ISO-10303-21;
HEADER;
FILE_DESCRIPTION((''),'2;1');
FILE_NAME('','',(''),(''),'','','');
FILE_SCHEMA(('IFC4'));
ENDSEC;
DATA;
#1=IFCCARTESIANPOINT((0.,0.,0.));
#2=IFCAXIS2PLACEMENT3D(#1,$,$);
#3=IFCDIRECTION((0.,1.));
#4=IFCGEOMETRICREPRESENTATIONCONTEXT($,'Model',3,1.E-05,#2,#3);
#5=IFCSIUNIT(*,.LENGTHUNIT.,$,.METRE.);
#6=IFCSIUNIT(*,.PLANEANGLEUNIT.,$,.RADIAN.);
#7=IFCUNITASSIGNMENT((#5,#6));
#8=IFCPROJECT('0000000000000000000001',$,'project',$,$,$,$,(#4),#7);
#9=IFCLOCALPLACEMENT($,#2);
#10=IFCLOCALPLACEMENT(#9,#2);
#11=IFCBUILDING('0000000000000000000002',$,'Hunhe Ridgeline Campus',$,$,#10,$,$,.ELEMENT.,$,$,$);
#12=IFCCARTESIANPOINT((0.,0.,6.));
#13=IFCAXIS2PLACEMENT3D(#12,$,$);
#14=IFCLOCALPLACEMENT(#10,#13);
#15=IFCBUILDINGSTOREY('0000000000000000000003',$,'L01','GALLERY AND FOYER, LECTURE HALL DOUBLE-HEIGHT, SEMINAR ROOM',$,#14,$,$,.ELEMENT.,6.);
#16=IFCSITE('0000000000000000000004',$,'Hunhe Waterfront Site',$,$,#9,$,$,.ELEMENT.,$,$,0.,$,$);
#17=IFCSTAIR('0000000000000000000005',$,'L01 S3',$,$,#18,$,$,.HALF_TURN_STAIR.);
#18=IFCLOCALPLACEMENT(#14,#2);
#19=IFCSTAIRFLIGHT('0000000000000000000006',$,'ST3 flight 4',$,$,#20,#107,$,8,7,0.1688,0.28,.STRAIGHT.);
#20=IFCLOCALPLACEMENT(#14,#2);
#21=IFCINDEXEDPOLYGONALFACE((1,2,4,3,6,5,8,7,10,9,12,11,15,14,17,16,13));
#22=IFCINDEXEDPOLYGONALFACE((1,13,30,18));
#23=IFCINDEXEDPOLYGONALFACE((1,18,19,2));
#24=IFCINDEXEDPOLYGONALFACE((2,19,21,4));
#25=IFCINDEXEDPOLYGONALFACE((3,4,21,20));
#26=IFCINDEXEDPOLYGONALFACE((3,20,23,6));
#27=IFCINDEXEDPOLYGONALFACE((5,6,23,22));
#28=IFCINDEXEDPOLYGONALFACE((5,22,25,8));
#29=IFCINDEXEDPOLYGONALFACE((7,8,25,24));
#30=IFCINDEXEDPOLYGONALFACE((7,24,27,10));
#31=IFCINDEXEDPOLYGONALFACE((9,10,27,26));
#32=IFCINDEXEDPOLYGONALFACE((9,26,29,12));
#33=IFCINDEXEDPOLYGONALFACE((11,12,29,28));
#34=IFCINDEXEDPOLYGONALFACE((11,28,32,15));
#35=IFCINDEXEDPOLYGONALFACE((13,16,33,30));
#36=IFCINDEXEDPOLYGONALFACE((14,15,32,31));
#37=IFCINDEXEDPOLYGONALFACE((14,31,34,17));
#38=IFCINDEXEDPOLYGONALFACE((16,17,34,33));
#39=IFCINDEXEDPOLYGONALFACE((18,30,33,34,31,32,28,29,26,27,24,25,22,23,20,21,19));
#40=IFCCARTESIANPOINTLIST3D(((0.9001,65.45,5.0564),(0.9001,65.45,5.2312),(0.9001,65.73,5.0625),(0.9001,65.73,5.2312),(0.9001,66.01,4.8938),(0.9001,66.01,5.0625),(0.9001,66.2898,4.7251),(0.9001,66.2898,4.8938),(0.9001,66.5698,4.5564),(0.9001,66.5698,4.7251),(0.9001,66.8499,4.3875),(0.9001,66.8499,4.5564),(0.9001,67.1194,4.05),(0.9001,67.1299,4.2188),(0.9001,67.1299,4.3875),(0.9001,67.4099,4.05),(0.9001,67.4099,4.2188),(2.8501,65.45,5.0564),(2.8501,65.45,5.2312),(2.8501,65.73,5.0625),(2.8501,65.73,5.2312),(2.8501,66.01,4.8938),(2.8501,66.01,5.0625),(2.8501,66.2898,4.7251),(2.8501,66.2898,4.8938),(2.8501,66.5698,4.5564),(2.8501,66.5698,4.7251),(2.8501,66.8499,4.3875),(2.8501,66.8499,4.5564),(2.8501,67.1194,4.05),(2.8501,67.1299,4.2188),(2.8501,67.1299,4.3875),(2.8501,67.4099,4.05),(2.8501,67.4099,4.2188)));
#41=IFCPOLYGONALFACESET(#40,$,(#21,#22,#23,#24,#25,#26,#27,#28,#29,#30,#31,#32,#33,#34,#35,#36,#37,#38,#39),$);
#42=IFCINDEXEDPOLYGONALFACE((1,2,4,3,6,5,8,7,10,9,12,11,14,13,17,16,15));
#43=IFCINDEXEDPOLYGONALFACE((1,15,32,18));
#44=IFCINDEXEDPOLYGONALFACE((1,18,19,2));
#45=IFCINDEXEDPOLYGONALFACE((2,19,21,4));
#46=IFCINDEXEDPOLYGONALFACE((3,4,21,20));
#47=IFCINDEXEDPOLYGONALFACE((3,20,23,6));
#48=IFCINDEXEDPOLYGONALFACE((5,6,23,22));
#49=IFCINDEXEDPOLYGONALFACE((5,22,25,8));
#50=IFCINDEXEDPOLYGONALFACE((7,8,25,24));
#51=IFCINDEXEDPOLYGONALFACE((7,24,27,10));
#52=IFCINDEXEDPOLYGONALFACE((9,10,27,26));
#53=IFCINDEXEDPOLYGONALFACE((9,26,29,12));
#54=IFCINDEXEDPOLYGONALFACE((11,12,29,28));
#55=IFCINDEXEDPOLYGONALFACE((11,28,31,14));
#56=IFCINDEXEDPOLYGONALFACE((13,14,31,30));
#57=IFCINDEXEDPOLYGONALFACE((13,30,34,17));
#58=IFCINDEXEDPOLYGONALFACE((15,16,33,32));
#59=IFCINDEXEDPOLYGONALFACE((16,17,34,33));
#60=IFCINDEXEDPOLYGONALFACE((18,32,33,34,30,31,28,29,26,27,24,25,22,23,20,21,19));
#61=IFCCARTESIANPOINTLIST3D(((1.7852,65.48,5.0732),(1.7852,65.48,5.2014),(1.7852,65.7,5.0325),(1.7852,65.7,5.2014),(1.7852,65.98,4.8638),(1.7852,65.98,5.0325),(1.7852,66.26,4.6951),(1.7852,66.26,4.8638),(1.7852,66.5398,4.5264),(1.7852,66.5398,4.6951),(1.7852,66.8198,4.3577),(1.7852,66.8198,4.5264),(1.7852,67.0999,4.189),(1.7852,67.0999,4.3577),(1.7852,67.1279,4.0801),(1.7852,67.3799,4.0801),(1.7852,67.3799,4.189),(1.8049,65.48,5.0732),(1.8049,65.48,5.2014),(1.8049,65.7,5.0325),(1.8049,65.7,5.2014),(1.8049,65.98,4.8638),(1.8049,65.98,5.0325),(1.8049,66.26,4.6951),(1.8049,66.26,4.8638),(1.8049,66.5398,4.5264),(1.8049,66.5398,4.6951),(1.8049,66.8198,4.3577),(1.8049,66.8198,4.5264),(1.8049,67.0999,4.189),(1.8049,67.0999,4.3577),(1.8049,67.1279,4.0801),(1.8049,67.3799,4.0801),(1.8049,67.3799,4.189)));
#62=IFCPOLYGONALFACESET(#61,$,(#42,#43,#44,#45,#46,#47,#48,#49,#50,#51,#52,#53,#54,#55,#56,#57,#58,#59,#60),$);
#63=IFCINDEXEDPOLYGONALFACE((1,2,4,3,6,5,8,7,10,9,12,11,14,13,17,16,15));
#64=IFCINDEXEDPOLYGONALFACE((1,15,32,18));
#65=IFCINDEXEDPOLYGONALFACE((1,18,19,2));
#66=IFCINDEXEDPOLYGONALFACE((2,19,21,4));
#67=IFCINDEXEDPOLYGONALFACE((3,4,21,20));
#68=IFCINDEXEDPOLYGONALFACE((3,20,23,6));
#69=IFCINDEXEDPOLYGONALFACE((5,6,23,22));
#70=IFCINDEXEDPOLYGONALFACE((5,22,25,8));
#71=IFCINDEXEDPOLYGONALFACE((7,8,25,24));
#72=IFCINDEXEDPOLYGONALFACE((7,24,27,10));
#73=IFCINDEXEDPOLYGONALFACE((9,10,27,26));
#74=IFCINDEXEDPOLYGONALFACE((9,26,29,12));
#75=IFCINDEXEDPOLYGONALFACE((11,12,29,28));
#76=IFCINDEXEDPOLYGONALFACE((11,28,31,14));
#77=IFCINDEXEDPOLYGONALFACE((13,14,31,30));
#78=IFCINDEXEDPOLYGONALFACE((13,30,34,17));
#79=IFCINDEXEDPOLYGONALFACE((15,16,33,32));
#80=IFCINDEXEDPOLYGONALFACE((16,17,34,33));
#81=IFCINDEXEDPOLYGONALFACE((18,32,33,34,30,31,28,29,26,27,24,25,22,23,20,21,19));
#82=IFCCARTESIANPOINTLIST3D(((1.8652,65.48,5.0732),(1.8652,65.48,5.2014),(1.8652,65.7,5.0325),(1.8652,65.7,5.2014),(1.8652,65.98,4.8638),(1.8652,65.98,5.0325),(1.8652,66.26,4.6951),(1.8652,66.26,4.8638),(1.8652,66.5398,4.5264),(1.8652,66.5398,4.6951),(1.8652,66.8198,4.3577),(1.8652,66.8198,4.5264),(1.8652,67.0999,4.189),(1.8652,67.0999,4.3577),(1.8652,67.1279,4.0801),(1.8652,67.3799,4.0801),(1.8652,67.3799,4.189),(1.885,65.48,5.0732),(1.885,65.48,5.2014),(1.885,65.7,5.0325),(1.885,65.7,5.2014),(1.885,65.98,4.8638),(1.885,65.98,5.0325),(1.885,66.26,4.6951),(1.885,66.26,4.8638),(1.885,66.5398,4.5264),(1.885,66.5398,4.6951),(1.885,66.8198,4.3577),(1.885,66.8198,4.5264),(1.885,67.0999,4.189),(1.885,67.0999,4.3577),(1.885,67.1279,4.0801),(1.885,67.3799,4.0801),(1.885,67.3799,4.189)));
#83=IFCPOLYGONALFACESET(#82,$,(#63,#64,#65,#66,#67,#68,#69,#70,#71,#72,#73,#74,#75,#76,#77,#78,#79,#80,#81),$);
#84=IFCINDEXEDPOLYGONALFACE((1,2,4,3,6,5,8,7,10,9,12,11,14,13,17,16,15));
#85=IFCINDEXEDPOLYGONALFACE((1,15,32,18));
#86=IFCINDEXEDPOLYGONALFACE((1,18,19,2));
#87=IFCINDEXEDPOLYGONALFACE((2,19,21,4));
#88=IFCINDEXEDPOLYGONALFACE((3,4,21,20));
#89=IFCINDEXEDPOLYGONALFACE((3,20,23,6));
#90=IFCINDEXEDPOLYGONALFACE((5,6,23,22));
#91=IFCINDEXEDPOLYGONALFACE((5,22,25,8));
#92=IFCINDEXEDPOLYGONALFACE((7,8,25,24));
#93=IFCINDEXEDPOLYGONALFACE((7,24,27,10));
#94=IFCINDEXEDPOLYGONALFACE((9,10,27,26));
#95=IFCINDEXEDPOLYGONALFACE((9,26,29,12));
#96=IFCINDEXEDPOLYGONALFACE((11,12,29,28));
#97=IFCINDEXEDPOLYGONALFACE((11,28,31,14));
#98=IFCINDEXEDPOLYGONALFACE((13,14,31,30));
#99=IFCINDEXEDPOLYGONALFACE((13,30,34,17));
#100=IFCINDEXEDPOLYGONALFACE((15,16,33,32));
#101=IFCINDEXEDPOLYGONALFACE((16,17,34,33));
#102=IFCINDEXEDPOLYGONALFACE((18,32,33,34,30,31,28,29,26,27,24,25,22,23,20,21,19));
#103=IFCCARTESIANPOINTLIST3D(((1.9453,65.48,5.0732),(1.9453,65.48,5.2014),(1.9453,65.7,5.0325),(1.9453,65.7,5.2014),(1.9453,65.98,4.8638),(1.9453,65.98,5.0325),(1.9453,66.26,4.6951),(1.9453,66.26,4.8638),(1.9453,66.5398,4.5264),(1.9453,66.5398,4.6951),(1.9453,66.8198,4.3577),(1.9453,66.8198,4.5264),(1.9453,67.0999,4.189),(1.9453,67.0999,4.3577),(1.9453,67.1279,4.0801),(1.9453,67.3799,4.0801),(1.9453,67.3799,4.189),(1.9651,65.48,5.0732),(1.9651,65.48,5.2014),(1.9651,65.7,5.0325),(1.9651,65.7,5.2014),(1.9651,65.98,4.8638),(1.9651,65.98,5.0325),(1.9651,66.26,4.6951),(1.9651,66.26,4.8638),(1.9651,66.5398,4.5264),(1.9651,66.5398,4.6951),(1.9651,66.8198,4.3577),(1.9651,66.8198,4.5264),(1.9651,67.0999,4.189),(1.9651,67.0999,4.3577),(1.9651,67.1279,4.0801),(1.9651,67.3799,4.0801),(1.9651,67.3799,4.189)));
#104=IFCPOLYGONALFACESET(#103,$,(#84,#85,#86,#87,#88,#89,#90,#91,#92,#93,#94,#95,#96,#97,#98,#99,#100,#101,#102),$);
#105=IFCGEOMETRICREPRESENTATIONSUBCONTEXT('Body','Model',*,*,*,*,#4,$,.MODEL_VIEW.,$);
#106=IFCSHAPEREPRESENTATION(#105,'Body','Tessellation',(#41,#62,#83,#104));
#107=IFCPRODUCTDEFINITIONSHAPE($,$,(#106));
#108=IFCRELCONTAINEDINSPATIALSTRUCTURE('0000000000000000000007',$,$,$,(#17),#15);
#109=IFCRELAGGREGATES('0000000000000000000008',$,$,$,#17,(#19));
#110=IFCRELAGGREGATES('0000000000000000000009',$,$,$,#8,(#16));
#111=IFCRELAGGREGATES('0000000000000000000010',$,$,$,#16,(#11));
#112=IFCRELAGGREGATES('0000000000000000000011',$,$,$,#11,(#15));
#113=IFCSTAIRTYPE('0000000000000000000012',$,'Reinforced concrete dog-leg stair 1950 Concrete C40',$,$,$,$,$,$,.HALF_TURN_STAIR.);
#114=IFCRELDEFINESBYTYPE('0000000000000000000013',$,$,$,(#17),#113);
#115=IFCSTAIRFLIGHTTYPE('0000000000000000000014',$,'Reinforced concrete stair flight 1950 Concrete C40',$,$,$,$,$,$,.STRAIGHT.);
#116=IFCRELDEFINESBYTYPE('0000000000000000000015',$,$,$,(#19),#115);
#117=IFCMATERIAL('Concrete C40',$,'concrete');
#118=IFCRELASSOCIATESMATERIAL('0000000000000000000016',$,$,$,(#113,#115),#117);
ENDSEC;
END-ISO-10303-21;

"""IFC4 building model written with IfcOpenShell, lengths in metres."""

from ifc_helpers import new_model, si_unit, direction, frame, origin, place, context, subcontext, project, spatial, polyline, outline, extrude, material, type_object, element, aggregate, save


model = new_model("IFC4")

# Units and contexts
model_context = context("Model", 3, precision=1e-05, world=origin(), true_north=direction((0.0, 1.0)))
body_context = subcontext(model_context, "Body", "Model", "MODEL_VIEW")
ifc_project = project(units=[si_unit("LENGTHUNIT", "METRE"), si_unit("PLANEANGLEUNIT", "RADIAN")], contexts=[model_context])

# Site, building, storey
site_placement = place(None, origin())
site = spatial("IfcSite", under=ifc_project, at=site_placement, Name="Hunhe Waterfront Site", CompositionType="ELEMENT", RefElevation=0.0)
building_placement = place(site_placement, origin())
building = spatial("IfcBuilding", under=site, at=building_placement, Name="Hunhe Ridgeline Campus", CompositionType="ELEMENT")
storey_placement = place(building_placement, frame((0.0, 0.0, 6.0)))
storey = spatial("IfcBuildingStorey", under=building, at=storey_placement, Name="L01", Description="GALLERY AND FOYER, LECTURE HALL DOUBLE-HEIGHT, SEMINAR ROOM", CompositionType="ELEMENT", Elevation=6.0)

# Stair, stair flight
ifc_material_1 = material(Name="Concrete C40", Category="concrete")
stair_type = type_object("IfcStairType", Name="Reinforced concrete dog-leg stair 1950 Concrete C40", PredefinedType="HALF_TURN_STAIR", material=ifc_material_1)
stair_1_placement = place(storey_placement, origin())
stair_1 = element("IfcStair", 1, at=stair_1_placement, inside=storey, type_object=stair_type, Name="L01 S3", PredefinedType="HALF_TURN_STAIR")
stair_flight_type = type_object("IfcStairFlightType", Name="Reinforced concrete stair flight 1950 Concrete C40", PredefinedType="STRAIGHT", material=ifc_material_1)
stair_flight_1_placement = place(storey_placement, frame((1.875, 67.4099, 4.05), z_axis=(0.0, 0.0, 1.0), x_axis=(0.0, -1.0, 0.0)))
stair_flight_1 = element("IfcStairFlight", 2, at=stair_flight_1_placement, type_object=stair_flight_type, Name="ST3 flight 4", NumberOfRisers=8, NumberOfTreads=7, PredefinedType="STRAIGHT", RiserHeight=0.1688, TreadLength=0.28, context=body_context, shape_type="SweptSolid", body=[
    extrude(outline(polyline([(0.0, 0.0), (0.0, 0.1687), (0.28, 0.1687), (0.28, 0.3374), (0.5601, 0.3374), (0.5601, 0.5063), (0.8401, 0.5063), (0.8401, 0.675), (1.1201, 0.675), (1.1201, 0.8438), (1.3999, 0.8438), (1.3999, 1.0125), (1.6799, 1.0125), (1.6799, 1.1812), (1.96, 1.1812), (1.96, 1.3501), (1.96, 1.0063), (0.2905, 0.0), (0.0, 0.0)])), frame((0.0, 0.9751, 0.0), z_axis=(0.0, -1.0, 0.0), x_axis=(1.0, 0.0, 0.0)), (0.0, 0.0, 1.0), 1.95),
    extrude(outline(polyline([(0.03, 0.03), (0.03, 0.1389), (0.3101, 0.1389), (0.3101, 0.3076), (0.5901, 0.3076), (0.5901, 0.4763), (0.8701, 0.4763), (0.8701, 0.645), (1.1499, 0.645), (1.1499, 0.8137), (1.4299, 0.8137), (1.4299, 0.9824), (1.71, 0.9824), (1.71, 1.1514), (1.9299, 1.1514), (1.9299, 1.0232), (0.282, 0.03), (0.03, 0.03)])), frame((0.0, -0.0701, 0.0), z_axis=(0.0, -1.0, 0.0), x_axis=(1.0, 0.0, 0.0)), (0.0, 0.0, 1.0), 0.0198),
    extrude(outline(polyline([(0.03, 0.03), (0.03, 0.1389), (0.3101, 0.1389), (0.3101, 0.3076), (0.5901, 0.3076), (0.5901, 0.4763), (0.8701, 0.4763), (0.8701, 0.645), (1.1499, 0.645), (1.1499, 0.8137), (1.4299, 0.8137), (1.4299, 0.9824), (1.71, 0.9824), (1.71, 1.1514), (1.9299, 1.1514), (1.9299, 1.0232), (0.282, 0.03), (0.03, 0.03)])), frame((0.0, 0.01, 0.0), z_axis=(0.0, -1.0, 0.0), x_axis=(1.0, 0.0, 0.0)), (0.0, 0.0, 1.0), 0.0198),
    extrude(outline(polyline([(0.03, 0.03), (0.03, 0.1389), (0.3101, 0.1389), (0.3101, 0.3076), (0.5901, 0.3076), (0.5901, 0.4763), (0.8701, 0.4763), (0.8701, 0.645), (1.1499, 0.645), (1.1499, 0.8137), (1.4299, 0.8137), (1.4299, 0.9824), (1.71, 0.9824), (1.71, 1.1514), (1.9299, 1.1514), (1.9299, 1.0232), (0.282, 0.03), (0.03, 0.03)])), frame((0.0, 0.0901, 0.0), z_axis=(0.0, -1.0, 0.0), x_axis=(1.0, 0.0, 0.0)), (0.0, 0.0, 1.0), 0.0198),
])
aggregate(stair_1, [stair_flight_1])

save(model, "model.ifc")
